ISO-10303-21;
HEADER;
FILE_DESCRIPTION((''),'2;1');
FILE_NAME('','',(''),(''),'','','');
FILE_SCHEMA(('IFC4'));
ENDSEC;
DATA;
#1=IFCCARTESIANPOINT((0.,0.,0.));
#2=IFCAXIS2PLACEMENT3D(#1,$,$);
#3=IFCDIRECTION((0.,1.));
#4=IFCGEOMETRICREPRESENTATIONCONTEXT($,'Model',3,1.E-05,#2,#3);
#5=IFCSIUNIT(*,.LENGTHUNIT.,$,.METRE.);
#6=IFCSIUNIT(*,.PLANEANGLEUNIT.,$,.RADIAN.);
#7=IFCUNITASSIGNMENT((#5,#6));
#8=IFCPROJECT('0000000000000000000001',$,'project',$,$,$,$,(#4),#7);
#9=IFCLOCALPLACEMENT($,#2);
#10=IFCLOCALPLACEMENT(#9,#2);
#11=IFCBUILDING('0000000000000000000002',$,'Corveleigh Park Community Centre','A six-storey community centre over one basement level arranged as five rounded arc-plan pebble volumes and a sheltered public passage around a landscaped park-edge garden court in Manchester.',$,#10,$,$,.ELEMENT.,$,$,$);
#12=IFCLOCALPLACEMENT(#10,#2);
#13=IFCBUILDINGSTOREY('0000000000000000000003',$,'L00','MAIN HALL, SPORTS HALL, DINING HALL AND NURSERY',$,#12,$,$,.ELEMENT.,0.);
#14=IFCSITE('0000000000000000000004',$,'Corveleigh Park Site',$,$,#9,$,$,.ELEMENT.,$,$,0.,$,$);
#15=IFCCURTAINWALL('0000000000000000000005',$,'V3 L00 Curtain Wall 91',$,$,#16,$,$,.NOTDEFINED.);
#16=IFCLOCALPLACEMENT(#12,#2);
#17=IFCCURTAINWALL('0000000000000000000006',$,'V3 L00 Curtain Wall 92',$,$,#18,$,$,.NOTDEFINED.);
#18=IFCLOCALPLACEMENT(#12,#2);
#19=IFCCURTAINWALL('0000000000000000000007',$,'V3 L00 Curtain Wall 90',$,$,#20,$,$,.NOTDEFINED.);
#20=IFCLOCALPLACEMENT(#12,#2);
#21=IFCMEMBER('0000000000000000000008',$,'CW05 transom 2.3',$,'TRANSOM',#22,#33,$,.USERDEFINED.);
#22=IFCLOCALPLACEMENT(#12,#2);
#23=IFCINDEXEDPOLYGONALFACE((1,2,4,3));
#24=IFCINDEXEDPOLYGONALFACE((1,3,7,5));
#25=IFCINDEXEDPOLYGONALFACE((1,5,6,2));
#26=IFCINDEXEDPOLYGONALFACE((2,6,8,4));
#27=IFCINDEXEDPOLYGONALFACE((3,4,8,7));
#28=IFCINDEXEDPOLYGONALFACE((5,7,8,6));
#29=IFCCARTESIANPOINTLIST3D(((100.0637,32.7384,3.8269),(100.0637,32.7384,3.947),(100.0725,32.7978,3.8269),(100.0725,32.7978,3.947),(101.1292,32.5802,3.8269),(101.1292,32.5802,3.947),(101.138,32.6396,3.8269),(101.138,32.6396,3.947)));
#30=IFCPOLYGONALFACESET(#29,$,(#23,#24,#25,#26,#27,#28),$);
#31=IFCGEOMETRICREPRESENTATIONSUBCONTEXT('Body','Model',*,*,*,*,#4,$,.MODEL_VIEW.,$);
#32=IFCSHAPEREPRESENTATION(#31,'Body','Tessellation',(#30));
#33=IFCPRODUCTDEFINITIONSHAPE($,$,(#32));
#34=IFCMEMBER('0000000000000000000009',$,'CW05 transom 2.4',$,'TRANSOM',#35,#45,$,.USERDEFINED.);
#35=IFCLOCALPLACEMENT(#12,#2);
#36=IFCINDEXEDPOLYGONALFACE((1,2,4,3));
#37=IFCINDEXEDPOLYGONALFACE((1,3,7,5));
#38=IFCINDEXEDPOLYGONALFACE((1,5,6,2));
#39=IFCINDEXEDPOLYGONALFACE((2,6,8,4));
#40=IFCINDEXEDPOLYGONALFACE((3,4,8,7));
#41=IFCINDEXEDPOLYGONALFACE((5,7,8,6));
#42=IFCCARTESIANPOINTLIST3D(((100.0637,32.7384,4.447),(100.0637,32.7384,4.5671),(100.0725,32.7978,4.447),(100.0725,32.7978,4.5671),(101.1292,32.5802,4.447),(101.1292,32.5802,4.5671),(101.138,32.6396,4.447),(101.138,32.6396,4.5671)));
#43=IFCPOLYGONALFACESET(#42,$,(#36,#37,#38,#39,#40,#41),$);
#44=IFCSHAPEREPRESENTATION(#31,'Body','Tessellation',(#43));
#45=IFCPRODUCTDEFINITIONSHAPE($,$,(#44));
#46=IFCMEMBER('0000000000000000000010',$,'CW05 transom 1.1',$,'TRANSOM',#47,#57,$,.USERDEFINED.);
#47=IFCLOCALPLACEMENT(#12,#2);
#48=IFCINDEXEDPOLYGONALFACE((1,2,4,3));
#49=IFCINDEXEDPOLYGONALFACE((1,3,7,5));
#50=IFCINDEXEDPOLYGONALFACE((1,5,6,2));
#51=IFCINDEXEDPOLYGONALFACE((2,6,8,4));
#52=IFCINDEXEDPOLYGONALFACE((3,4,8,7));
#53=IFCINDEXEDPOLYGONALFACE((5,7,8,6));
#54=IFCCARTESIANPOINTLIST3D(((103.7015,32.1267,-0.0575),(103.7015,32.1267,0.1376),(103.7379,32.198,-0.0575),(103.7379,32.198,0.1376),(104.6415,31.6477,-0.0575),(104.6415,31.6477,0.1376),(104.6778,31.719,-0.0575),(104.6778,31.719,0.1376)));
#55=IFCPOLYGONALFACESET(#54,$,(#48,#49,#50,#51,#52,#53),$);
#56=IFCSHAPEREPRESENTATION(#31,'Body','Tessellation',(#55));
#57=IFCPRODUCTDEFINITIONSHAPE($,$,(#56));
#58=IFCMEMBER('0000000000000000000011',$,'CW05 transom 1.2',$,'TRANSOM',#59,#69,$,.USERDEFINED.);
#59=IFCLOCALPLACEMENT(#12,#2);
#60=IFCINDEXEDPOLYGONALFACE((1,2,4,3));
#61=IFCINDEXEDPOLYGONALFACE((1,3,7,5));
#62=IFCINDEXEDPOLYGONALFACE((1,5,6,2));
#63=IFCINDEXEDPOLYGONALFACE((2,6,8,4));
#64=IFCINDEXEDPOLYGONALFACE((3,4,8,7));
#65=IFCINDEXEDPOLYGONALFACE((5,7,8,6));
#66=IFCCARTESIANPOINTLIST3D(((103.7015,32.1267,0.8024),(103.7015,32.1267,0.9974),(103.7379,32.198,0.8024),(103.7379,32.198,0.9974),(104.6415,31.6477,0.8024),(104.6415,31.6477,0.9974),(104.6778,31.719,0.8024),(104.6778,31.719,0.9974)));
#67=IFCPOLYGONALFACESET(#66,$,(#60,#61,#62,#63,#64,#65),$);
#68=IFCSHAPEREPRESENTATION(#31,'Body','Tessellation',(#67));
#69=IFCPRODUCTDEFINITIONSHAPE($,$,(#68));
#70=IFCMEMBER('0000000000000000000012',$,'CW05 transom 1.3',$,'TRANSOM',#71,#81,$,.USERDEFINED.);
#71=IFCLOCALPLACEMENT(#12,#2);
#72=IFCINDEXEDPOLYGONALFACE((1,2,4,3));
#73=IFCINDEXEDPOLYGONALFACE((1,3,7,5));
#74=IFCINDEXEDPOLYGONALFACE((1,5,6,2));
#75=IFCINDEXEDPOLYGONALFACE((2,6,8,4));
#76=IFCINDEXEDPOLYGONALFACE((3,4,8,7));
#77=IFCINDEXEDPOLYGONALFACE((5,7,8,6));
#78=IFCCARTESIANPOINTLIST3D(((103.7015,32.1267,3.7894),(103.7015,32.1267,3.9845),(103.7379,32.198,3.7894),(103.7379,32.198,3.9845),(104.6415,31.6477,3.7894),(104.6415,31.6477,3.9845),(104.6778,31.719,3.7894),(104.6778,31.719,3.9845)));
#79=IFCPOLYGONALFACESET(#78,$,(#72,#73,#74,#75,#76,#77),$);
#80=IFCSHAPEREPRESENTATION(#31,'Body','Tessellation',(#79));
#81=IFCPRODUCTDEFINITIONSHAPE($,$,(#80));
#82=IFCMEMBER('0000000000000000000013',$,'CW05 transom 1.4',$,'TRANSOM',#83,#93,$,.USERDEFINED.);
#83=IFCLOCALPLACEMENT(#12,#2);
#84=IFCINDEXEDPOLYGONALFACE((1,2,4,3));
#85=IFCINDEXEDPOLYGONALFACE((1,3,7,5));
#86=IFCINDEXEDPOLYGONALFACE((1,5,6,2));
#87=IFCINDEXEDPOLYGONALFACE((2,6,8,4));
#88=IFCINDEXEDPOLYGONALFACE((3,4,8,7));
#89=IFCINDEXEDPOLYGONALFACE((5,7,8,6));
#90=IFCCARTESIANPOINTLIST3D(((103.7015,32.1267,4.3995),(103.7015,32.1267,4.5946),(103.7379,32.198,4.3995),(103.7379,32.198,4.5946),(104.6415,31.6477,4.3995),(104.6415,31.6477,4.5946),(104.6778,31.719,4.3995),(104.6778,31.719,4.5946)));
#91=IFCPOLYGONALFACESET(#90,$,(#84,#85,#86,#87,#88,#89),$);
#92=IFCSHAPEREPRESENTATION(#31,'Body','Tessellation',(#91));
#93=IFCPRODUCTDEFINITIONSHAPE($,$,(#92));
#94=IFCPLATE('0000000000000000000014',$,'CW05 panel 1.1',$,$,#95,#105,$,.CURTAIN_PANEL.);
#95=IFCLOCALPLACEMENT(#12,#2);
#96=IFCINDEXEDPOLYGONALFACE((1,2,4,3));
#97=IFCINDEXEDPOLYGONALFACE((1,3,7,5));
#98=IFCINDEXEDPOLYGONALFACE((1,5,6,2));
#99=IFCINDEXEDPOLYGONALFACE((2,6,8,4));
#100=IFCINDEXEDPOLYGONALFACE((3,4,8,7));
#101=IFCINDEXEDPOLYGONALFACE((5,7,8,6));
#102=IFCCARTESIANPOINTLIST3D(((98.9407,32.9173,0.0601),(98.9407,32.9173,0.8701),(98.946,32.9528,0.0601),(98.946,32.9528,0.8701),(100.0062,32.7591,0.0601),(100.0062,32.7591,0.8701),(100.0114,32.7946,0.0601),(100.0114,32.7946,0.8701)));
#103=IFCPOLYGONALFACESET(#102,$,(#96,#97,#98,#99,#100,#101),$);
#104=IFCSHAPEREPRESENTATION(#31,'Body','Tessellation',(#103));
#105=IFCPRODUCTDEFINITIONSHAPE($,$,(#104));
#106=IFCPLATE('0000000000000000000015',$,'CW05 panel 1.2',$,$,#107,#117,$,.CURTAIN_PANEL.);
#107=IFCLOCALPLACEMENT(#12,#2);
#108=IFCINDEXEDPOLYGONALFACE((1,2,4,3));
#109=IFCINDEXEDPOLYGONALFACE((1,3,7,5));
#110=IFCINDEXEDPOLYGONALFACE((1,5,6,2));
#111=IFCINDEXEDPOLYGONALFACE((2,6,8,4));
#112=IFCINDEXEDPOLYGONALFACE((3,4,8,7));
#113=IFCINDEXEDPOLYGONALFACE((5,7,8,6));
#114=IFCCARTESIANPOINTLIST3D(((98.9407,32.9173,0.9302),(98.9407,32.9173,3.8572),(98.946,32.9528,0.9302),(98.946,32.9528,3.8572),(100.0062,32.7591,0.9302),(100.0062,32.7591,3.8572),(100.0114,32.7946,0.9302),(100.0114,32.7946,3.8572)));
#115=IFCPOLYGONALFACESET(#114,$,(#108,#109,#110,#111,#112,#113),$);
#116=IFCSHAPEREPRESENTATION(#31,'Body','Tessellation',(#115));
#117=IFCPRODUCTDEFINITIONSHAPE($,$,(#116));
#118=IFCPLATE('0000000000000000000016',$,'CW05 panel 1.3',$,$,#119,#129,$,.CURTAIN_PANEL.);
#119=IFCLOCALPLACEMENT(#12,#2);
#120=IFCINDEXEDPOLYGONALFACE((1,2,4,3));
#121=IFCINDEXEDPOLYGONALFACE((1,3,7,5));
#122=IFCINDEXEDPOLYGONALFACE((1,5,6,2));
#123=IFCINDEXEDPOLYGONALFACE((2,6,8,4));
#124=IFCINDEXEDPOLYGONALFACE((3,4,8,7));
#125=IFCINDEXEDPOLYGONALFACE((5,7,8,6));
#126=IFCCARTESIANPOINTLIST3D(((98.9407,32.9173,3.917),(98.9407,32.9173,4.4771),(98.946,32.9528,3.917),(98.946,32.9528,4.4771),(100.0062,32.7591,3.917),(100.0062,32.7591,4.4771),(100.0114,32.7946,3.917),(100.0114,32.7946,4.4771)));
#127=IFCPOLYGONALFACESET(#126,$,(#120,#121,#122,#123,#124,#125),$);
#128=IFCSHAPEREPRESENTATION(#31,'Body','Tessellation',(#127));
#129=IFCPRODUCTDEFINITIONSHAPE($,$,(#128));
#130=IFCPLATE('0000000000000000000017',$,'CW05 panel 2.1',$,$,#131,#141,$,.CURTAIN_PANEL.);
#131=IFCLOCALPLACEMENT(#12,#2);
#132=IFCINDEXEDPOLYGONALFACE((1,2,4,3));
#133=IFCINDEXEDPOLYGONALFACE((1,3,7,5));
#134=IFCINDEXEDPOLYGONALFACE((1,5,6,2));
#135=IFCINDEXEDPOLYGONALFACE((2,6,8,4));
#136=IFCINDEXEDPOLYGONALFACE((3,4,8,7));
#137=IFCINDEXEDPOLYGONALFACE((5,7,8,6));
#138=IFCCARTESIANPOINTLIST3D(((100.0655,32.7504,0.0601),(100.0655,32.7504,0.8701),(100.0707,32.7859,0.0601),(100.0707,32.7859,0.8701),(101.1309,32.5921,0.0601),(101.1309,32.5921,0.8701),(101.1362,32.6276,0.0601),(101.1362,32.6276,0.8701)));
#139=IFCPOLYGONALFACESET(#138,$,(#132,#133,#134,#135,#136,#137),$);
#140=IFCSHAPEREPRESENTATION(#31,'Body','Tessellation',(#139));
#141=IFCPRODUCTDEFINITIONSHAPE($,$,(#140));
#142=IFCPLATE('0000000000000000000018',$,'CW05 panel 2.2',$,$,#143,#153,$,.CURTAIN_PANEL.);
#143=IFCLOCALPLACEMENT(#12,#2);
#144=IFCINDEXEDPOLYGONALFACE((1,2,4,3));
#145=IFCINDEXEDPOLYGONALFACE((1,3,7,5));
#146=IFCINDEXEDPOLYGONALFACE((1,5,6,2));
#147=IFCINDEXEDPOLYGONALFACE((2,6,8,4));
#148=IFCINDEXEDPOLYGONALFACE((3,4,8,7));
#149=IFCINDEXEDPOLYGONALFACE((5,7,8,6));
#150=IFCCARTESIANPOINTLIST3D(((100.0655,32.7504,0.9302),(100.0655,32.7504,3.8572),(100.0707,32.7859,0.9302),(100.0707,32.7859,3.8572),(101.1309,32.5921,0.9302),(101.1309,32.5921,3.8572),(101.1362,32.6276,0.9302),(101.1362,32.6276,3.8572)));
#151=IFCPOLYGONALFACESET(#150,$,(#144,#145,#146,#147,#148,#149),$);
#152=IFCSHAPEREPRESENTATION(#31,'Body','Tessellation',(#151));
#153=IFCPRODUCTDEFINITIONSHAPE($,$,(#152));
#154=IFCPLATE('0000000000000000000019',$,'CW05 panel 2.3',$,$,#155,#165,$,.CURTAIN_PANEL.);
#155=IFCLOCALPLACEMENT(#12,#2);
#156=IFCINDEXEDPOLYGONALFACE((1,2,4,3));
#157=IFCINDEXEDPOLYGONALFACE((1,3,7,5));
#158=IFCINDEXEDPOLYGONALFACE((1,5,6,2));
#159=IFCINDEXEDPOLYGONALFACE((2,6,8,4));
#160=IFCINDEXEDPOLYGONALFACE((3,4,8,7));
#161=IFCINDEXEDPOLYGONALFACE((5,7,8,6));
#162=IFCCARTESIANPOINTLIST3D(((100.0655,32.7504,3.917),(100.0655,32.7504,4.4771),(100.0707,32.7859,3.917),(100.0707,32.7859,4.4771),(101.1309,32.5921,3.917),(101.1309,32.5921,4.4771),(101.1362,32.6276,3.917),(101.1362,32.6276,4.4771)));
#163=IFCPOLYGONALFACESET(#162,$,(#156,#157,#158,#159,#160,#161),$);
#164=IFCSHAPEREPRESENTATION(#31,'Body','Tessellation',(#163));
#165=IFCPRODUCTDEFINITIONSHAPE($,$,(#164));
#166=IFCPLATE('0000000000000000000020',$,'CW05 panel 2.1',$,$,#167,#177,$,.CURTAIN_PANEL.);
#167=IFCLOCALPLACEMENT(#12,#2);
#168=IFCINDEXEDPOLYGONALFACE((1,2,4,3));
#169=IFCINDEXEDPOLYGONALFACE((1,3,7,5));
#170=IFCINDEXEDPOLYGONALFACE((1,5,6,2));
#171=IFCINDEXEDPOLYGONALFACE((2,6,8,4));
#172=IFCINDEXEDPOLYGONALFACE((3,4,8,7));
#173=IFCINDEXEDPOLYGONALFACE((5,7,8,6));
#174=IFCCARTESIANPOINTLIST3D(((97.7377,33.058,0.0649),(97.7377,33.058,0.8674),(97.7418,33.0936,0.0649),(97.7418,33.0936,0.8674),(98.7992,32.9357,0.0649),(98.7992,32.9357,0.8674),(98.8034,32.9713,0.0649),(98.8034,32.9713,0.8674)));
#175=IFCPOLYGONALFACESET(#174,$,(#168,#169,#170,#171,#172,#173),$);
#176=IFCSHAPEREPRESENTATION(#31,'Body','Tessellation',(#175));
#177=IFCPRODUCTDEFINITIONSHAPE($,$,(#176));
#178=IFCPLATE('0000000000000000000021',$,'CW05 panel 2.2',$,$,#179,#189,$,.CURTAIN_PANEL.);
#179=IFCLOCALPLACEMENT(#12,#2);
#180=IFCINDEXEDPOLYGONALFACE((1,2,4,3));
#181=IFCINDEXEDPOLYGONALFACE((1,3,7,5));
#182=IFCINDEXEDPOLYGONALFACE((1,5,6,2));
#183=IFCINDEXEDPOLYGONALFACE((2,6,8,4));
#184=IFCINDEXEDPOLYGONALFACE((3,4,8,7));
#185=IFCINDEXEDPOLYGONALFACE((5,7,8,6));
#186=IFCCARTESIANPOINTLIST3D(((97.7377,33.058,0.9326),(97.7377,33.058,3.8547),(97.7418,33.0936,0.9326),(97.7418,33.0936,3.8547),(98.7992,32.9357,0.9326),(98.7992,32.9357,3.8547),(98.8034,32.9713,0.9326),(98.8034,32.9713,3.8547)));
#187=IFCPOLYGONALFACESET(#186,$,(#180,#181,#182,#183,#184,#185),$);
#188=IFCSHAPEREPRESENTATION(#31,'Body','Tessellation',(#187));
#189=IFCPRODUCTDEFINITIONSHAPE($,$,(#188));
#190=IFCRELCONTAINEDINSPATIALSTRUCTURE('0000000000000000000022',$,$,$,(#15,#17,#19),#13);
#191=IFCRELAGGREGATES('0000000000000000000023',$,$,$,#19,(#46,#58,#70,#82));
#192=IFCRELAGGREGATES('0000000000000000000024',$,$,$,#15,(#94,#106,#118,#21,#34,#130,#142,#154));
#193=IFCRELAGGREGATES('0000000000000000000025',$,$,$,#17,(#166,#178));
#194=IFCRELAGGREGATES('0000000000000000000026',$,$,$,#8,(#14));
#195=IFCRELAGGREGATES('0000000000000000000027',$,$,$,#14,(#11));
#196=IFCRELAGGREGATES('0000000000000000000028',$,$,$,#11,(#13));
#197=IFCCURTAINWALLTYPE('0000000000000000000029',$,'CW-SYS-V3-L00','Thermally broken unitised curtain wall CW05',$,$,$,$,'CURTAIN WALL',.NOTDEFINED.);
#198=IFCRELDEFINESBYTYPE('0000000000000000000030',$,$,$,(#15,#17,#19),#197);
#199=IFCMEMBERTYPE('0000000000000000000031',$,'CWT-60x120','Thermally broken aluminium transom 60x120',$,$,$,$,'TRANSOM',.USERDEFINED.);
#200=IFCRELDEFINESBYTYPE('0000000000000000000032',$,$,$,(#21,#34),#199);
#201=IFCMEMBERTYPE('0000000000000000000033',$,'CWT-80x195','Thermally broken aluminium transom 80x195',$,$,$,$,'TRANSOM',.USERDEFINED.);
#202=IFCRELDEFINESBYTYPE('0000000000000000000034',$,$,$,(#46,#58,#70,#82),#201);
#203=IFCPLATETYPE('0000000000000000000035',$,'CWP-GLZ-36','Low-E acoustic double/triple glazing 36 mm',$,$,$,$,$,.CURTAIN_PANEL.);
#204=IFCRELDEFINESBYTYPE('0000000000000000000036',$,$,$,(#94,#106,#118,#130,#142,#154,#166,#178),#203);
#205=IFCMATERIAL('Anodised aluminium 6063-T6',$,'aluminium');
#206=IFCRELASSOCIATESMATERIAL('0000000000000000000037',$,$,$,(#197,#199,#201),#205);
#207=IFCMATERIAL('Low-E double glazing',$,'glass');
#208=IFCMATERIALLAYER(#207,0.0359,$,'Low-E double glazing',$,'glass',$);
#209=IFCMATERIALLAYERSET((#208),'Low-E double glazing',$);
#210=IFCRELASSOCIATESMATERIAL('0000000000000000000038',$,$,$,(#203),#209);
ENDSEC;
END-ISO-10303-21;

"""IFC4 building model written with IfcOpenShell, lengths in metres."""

from ifc_helpers import new_model, si_unit, direction, frame, origin, origin_2d, place, context, subcontext, project, spatial, rectangle, extrude, material, layer, layer_set, material_profile, profile_set, type_object, element, aggregate, save


model = new_model("IFC4")

# Units and contexts
model_context = context("Model", 3, precision=1e-05, world=origin(), true_north=direction((0.0, 1.0)))
body_context = subcontext(model_context, "Body", "Model", "MODEL_VIEW")
ifc_project = project(units=[si_unit("LENGTHUNIT", "METRE"), si_unit("PLANEANGLEUNIT", "RADIAN")], contexts=[model_context])

# Site, building, storey
site_placement = place(None, origin())
site = spatial("IfcSite", under=ifc_project, at=site_placement, Name="Corveleigh Park Site", CompositionType="ELEMENT", RefElevation=0.0)
building_placement = place(site_placement, origin())
building = spatial("IfcBuilding", under=site, at=building_placement, Name="Corveleigh Park Community Centre", Description="A six-storey community centre over one basement level arranged as five rounded arc-plan pebble volumes and a sheltered public passage around a landscaped park-edge garden court in Manchester.", CompositionType="ELEMENT")
storey_placement = place(building_placement, origin())
storey = spatial("IfcBuildingStorey", under=building, at=storey_placement, Name="L00", Description="MAIN HALL, SPORTS HALL, DINING HALL AND NURSERY", CompositionType="ELEMENT", Elevation=0.0)

# Curtain wall
ifc_material_1 = material(Name="Anodised aluminium 6063-T6", Category="aluminium")
curtain_wall_type = type_object("IfcCurtainWallType", Name="CW-SYS-V3-L00", Description="Thermally broken unitised curtain wall CW05", ElementType="CURTAIN WALL", PredefinedType="NOTDEFINED", material=ifc_material_1)
curtain_wall_1_placement = place(storey_placement, origin())
curtain_wall_1 = element("IfcCurtainWall", 1, at=curtain_wall_1_placement, inside=storey, type_object=curtain_wall_type, Name="V3 L00 Curtain Wall 91", PredefinedType="NOTDEFINED")

# Curtain walls
curtain_wall_2_placement = place(storey_placement, origin())
curtain_wall_2 = element("IfcCurtainWall", 2, at=curtain_wall_2_placement, inside=storey, type_object=curtain_wall_type, Name="V3 L00 Curtain Wall 92", PredefinedType="NOTDEFINED")
curtain_wall_3_placement = place(storey_placement, origin())
curtain_wall_3 = element("IfcCurtainWall", 3, at=curtain_wall_3_placement, inside=storey, type_object=curtain_wall_type, Name="V3 L00 Curtain Wall 90", PredefinedType="NOTDEFINED")

# Members
ifc_material_profile_1 = material_profile(ifc_material_1, rectangle(XDim=0.0601, YDim=0.1201, at=origin_2d()), Name="ALU-T60x120", Category="aluminium")
ifc_profile_set_1 = profile_set([ifc_material_profile_1], Name="Anodised aluminium 6063-T6")
member_type_1 = type_object("IfcMemberType", Name="CWT-60x120", Description="Thermally broken aluminium transom 60x120", ElementType="TRANSOM", PredefinedType="USERDEFINED", material=ifc_profile_set_1)
member_1_placement = place(storey_placement, frame((100.0681, 32.7681, 3.887), z_axis=(0.989155, -0.146877, 0.0), x_axis=(0.146877, 0.989155, 0.0)))
member_1 = element("IfcMember", 4, at=member_1_placement, type_object=member_type_1, Name="CW05 transom 2.3", ObjectType="TRANSOM", PredefinedType="USERDEFINED", context=body_context, shape_type="SweptSolid", body=[
    extrude(rectangle(XDim=0.0601, YDim=0.1201, at=origin_2d()), origin(), (0.0, 0.0, 1.0), 1.0771),
])
member_2_placement = place(storey_placement, frame((100.0681, 32.7681, 4.5071), z_axis=(0.989155, -0.146877, 0.0), x_axis=(0.146877, 0.989155, 0.0)))
member_2 = element("IfcMember", 5, at=member_2_placement, type_object=member_type_1, Name="CW05 transom 2.4", ObjectType="TRANSOM", PredefinedType="USERDEFINED", context=body_context, shape_type="SweptSolid", body=[
    extrude(rectangle(XDim=0.0601, YDim=0.1201, at=origin_2d()), origin(), (0.0, 0.0, 1.0), 1.0771),
])
ifc_material_profile_2 = material_profile(ifc_material_1, rectangle(XDim=0.0801, YDim=0.1951, at=origin_2d()), Name="ALU-T80x195", Category="aluminium")
ifc_profile_set_2 = profile_set([ifc_material_profile_2], Name="Anodised aluminium 6063-T6")
member_type_2 = type_object("IfcMemberType", Name="CWT-80x195", Description="Thermally broken aluminium transom 80x195", ElementType="TRANSOM", PredefinedType="USERDEFINED", material=ifc_profile_set_2)
member_3_placement = place(storey_placement, frame((103.7197, 32.1624, 0.04), z_axis=(0.890976, -0.454051, 0.0), x_axis=(0.454051, 0.890976, 0.0)))
member_3 = element("IfcMember", 6, at=member_3_placement, type_object=member_type_2, Name="CW05 transom 1.1", ObjectType="TRANSOM", PredefinedType="USERDEFINED", context=body_context, shape_type="SweptSolid", body=[
    extrude(rectangle(XDim=0.0801, YDim=0.1951, at=origin_2d()), origin(), (0.0, 0.0, 1.0), 1.0549),
])
member_4_placement = place(storey_placement, frame((103.7197, 32.1624, 0.8999), z_axis=(0.890976, -0.454051, 0.0), x_axis=(0.454051, 0.890976, 0.0)))
member_4 = element("IfcMember", 7, at=member_4_placement, type_object=member_type_2, Name="CW05 transom 1.2", ObjectType="TRANSOM", PredefinedType="USERDEFINED", context=body_context, shape_type="SweptSolid", body=[
    extrude(rectangle(XDim=0.0801, YDim=0.1951, at=origin_2d()), origin(), (0.0, 0.0, 1.0), 1.0549),
])
member_5_placement = place(storey_placement, frame((103.7197, 32.1624, 3.887), z_axis=(0.890976, -0.454051, 0.0), x_axis=(0.454051, 0.890976, 0.0)))
member_5 = element("IfcMember", 8, at=member_5_placement, type_object=member_type_2, Name="CW05 transom 1.3", ObjectType="TRANSOM", PredefinedType="USERDEFINED", context=body_context, shape_type="SweptSolid", body=[
    extrude(rectangle(XDim=0.0801, YDim=0.1951, at=origin_2d()), origin(), (0.0, 0.0, 1.0), 1.0549),
])
member_6_placement = place(storey_placement, frame((103.7197, 32.1624, 4.4971), z_axis=(0.890976, -0.454051, 0.0), x_axis=(0.454051, 0.890976, 0.0)))
member_6 = element("IfcMember", 9, at=member_6_placement, type_object=member_type_2, Name="CW05 transom 1.4", ObjectType="TRANSOM", PredefinedType="USERDEFINED", context=body_context, shape_type="SweptSolid", body=[
    extrude(rectangle(XDim=0.0801, YDim=0.1951, at=origin_2d()), origin(), (0.0, 0.0, 1.0), 1.0549),
])
aggregate(curtain_wall_3, [member_3, member_4, member_5, member_6])

# Plates
ifc_material_2 = material(Name="Low-E double glazing", Category="glass")
ifc_layer_1 = layer(ifc_material_2, 0.0359, Name="Low-E double glazing", Category="glass")
ifc_layer_set_1 = layer_set([ifc_layer_1], Name="Low-E double glazing")
plate_type = type_object("IfcPlateType", Name="CWP-GLZ-36", Description="Low-E acoustic double/triple glazing 36 mm", PredefinedType="CURTAIN_PANEL", material=ifc_layer_set_1)
plate_1_placement = place(storey_placement, frame((99.4761, 32.856, 0.0601), z_axis=(0.0, 0.0, 1.0), x_axis=(0.989146, -0.146937, 0.0)))
plate_1 = element("IfcPlate", 10, at=plate_1_placement, type_object=plate_type, Name="CW05 panel 1.1", PredefinedType="CURTAIN_PANEL", context=body_context, shape_type="SweptSolid", body=[
    extrude(rectangle(XDim=1.0771, YDim=0.0359, at=origin_2d()), origin(), (0.0, 0.0, 1.0), 0.8101),
])
plate_2_placement = place(storey_placement, frame((99.4761, 32.856, 0.9302), z_axis=(0.0, 0.0, 1.0), x_axis=(0.989146, -0.146937, 0.0)))
plate_2 = element("IfcPlate", 11, at=plate_2_placement, type_object=plate_type, Name="CW05 panel 1.2", PredefinedType="CURTAIN_PANEL", context=body_context, shape_type="SweptSolid", body=[
    extrude(rectangle(XDim=1.0771, YDim=0.0359, at=origin_2d()), origin(), (0.0, 0.0, 1.0), 2.927),
])
plate_3_placement = place(storey_placement, frame((99.4761, 32.856, 3.917), z_axis=(0.0, 0.0, 1.0), x_axis=(0.989146, -0.146937, 0.0)))
plate_3 = element("IfcPlate", 12, at=plate_3_placement, type_object=plate_type, Name="CW05 panel 1.3", PredefinedType="CURTAIN_PANEL", context=body_context, shape_type="SweptSolid", body=[
    extrude(rectangle(XDim=1.0771, YDim=0.0359, at=origin_2d()), origin(), (0.0, 0.0, 1.0), 0.5601),
])
plate_4_placement = place(storey_placement, frame((100.6008, 32.689, 0.0601), z_axis=(0.0, 0.0, 1.0), x_axis=(0.989146, -0.146937, 0.0)))
plate_4 = element("IfcPlate", 13, at=plate_4_placement, type_object=plate_type, Name="CW05 panel 2.1", PredefinedType="CURTAIN_PANEL", context=body_context, shape_type="SweptSolid", body=[
    extrude(rectangle(XDim=1.0771, YDim=0.0359, at=origin_2d()), origin(), (0.0, 0.0, 1.0), 0.8101),
])
plate_5_placement = place(storey_placement, frame((100.6008, 32.689, 0.9302), z_axis=(0.0, 0.0, 1.0), x_axis=(0.989146, -0.146937, 0.0)))
plate_5 = element("IfcPlate", 14, at=plate_5_placement, type_object=plate_type, Name="CW05 panel 2.2", PredefinedType="CURTAIN_PANEL", context=body_context, shape_type="SweptSolid", body=[
    extrude(rectangle(XDim=1.0771, YDim=0.0359, at=origin_2d()), origin(), (0.0, 0.0, 1.0), 2.927),
])
plate_6_placement = place(storey_placement, frame((100.6008, 32.689, 3.917), z_axis=(0.0, 0.0, 1.0), x_axis=(0.989146, -0.146937, 0.0)))
plate_6 = element("IfcPlate", 15, at=plate_6_placement, type_object=plate_type, Name="CW05 panel 2.3", PredefinedType="CURTAIN_PANEL", context=body_context, shape_type="SweptSolid", body=[
    extrude(rectangle(XDim=1.0771, YDim=0.0359, at=origin_2d()), origin(), (0.0, 0.0, 1.0), 0.5601),
])
aggregate(curtain_wall_1, [plate_1, plate_2, plate_3, member_1, member_2, plate_4, plate_5, plate_6])
plate_7_placement = place(storey_placement, frame((98.2705, 33.0146, 0.0649), z_axis=(0.0, 0.0, 1.0), x_axis=(0.993426, -0.114478, 0.0)))
plate_7 = element("IfcPlate", 16, at=plate_7_placement, type_object=plate_type, Name="CW05 panel 2.1", PredefinedType="CURTAIN_PANEL", context=body_context, shape_type="SweptSolid", body=[
    extrude(rectangle(XDim=1.0686, YDim=0.0359, at=origin_2d()), origin(), (0.0, 0.0, 1.0), 0.8025),
])
plate_8_placement = place(storey_placement, frame((98.2705, 33.0146, 0.9326), z_axis=(0.0, 0.0, 1.0), x_axis=(0.993426, -0.114478, 0.0)))
plate_8 = element("IfcPlate", 17, at=plate_8_placement, type_object=plate_type, Name="CW05 panel 2.2", PredefinedType="CURTAIN_PANEL", context=body_context, shape_type="SweptSolid", body=[
    extrude(rectangle(XDim=1.0686, YDim=0.0359, at=origin_2d()), origin(), (0.0, 0.0, 1.0), 2.9221),
])
aggregate(curtain_wall_2, [plate_7, plate_8])

save(model, "model.ifc")
